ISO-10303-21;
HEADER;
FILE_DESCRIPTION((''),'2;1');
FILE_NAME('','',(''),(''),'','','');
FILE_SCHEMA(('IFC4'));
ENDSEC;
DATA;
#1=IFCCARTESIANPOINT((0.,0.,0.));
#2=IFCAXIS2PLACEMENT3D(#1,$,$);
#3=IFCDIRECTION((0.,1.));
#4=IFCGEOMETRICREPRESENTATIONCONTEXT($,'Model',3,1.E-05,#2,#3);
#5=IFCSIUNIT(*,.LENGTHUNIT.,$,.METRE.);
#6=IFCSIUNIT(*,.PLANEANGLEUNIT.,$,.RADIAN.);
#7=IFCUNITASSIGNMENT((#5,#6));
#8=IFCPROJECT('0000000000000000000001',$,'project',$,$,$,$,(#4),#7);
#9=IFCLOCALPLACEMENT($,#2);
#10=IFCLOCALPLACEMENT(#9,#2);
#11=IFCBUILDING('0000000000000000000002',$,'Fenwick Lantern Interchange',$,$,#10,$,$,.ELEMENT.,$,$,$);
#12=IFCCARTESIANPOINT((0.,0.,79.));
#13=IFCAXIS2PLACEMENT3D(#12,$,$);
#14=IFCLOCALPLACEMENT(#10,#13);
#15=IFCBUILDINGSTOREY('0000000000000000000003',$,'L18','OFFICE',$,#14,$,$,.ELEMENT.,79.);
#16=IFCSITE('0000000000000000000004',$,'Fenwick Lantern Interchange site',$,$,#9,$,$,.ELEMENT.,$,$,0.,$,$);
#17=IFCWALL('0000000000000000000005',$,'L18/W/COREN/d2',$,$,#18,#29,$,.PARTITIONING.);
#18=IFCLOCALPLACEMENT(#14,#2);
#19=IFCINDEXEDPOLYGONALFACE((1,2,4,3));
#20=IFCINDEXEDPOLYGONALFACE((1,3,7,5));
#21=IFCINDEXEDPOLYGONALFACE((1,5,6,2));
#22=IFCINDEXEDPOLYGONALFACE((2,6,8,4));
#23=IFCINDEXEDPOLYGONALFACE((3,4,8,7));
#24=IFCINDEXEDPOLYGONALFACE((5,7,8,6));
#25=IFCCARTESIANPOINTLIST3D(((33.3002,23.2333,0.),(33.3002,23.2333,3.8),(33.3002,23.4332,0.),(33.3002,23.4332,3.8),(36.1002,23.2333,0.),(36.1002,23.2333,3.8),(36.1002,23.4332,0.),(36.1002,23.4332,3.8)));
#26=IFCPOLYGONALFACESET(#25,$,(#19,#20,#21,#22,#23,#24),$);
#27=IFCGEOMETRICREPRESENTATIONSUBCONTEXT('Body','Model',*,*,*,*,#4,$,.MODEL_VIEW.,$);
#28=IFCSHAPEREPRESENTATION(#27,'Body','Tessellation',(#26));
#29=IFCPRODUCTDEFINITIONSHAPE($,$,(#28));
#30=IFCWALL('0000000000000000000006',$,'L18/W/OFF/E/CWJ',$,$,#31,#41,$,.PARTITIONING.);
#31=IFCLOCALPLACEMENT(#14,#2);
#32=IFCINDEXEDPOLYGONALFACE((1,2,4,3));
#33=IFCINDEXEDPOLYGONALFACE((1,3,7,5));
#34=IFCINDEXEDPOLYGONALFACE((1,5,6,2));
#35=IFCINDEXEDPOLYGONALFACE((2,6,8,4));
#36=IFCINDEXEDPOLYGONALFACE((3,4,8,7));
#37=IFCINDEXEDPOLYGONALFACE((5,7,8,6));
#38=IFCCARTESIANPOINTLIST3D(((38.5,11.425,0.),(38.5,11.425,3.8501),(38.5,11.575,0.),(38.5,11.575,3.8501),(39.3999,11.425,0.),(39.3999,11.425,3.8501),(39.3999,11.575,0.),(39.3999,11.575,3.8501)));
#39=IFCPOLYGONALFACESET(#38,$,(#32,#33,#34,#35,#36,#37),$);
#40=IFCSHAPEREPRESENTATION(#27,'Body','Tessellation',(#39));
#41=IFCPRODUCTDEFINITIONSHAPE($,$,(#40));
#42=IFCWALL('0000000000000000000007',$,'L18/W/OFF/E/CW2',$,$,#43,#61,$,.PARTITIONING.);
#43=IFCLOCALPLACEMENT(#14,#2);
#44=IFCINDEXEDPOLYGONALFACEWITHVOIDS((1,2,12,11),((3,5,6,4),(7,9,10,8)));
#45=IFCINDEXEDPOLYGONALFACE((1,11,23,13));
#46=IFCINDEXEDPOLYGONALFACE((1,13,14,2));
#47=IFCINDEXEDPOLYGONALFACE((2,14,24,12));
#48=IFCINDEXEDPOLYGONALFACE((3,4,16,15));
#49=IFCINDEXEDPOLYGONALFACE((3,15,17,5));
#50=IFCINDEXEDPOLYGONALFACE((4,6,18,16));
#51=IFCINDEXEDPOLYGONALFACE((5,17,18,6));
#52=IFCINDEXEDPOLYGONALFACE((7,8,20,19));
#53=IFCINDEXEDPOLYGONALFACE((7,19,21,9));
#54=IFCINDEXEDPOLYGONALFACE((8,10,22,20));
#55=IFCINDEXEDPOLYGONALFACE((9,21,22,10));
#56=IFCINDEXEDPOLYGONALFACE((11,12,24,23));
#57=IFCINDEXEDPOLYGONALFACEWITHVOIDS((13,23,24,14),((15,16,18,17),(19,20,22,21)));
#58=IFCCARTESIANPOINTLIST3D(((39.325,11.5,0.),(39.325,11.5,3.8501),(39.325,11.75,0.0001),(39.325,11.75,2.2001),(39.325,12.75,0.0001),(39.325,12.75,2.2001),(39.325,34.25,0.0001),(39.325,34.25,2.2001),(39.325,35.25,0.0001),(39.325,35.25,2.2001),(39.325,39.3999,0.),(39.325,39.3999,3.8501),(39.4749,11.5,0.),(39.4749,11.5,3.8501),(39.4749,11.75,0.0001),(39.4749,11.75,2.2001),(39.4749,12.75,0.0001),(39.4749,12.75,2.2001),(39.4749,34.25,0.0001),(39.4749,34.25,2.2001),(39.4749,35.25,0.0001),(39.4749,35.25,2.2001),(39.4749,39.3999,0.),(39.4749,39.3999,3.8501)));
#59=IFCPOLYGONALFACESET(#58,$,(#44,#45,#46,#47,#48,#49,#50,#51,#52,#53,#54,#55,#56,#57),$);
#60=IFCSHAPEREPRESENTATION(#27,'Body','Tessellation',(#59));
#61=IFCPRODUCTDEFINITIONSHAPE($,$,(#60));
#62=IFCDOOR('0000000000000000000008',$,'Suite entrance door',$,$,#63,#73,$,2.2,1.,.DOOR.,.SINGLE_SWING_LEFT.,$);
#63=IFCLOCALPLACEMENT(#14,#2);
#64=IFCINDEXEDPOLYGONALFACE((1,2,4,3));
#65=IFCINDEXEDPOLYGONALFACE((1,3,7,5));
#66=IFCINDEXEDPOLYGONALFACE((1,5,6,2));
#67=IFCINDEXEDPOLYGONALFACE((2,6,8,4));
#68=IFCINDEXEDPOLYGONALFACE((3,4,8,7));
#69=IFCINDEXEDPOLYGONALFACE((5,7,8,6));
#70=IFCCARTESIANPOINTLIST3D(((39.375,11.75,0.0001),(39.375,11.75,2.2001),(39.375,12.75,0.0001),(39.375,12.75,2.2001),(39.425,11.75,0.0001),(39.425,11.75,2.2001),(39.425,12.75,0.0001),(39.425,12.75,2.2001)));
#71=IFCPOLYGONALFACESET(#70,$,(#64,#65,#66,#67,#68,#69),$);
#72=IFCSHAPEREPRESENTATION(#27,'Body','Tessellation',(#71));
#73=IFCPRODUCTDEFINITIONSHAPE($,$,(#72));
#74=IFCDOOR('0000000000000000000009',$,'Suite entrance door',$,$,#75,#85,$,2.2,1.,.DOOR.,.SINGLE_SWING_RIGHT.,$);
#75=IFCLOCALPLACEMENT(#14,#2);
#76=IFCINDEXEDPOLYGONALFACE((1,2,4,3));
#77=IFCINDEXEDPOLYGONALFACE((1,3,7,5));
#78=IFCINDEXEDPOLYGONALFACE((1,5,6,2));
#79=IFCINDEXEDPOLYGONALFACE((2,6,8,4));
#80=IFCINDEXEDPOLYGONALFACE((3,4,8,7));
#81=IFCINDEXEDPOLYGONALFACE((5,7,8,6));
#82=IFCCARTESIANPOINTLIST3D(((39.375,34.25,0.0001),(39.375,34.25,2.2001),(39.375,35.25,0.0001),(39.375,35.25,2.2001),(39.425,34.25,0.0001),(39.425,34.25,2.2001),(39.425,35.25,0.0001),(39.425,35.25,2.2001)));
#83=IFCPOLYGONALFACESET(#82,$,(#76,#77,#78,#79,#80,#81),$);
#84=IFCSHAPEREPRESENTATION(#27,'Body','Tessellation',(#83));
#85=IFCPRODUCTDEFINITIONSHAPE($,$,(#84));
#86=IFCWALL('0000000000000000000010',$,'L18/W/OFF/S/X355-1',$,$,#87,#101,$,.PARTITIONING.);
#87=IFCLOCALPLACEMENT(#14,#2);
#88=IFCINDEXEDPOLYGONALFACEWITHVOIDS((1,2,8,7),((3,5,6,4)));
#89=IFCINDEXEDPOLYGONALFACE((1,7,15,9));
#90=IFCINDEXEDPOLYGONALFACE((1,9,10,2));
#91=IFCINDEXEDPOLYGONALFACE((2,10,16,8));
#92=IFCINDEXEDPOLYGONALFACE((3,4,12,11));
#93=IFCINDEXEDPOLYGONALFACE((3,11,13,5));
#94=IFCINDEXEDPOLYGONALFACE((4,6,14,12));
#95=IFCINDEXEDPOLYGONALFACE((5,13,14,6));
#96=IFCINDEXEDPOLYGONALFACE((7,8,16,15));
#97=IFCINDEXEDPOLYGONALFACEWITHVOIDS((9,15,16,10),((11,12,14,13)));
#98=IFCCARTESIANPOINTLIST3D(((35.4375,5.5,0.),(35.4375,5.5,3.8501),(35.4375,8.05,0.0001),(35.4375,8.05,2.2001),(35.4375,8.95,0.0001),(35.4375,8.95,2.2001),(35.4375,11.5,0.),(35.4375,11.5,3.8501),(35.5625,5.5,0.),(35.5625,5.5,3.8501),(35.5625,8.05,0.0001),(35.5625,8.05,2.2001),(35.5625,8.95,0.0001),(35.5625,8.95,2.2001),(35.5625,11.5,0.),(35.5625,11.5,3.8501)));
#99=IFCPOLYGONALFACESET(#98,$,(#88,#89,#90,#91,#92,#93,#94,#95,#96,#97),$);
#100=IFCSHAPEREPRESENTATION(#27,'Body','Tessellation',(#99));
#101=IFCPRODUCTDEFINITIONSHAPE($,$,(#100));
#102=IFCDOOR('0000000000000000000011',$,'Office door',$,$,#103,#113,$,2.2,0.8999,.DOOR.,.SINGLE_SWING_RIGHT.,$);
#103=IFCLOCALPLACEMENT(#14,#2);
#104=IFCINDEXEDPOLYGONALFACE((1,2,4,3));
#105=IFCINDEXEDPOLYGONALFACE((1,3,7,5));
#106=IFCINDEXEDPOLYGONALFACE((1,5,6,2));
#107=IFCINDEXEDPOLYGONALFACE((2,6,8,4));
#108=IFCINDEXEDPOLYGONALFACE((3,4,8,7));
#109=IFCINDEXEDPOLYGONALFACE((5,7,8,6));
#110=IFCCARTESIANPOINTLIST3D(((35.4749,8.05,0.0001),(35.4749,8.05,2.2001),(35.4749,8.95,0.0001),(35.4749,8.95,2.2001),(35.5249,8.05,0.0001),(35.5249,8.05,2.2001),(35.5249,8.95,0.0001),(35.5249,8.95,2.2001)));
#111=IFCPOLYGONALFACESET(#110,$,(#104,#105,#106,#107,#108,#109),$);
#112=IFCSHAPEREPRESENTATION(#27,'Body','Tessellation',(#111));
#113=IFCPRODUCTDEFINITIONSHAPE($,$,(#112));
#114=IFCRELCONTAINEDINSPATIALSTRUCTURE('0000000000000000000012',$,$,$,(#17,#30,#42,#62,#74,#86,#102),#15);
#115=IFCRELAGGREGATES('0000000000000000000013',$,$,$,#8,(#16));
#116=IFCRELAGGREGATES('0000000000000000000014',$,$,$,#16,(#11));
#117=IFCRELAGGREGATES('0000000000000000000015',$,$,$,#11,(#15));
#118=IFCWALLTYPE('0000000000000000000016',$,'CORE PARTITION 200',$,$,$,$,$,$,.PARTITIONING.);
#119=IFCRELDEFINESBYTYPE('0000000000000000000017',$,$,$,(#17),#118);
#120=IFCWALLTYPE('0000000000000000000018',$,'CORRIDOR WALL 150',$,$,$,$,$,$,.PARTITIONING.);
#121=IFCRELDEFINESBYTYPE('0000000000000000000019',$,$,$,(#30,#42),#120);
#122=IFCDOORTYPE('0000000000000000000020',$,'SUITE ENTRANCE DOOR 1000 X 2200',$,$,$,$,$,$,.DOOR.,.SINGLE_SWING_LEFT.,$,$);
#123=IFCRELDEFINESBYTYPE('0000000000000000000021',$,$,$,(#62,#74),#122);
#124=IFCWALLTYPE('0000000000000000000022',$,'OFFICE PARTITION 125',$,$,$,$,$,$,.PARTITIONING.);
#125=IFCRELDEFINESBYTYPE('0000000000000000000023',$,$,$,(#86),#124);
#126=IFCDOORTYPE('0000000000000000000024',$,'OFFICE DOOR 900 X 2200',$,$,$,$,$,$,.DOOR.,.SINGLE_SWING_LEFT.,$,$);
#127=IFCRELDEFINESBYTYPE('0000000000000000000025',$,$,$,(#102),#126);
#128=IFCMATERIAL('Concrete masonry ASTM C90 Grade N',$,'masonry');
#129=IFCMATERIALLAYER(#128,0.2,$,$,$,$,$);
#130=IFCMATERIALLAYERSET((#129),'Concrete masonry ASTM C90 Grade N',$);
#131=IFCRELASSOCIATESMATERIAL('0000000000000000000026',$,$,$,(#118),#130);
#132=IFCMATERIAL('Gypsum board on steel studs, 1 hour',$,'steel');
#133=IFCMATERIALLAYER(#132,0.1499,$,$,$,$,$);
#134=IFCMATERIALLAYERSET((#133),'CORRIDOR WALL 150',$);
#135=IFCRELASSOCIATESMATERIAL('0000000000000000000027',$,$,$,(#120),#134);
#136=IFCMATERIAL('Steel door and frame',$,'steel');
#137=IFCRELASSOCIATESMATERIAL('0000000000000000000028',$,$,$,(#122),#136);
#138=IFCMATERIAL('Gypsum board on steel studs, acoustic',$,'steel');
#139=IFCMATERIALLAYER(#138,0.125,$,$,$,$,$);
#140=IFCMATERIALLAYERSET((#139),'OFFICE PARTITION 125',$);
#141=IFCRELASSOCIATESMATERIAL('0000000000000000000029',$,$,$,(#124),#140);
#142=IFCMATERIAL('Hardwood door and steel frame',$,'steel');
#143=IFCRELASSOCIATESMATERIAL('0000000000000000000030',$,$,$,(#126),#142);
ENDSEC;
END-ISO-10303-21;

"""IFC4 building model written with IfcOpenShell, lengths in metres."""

from ifc_helpers import new_model, si_unit, direction, frame, frame_2d, origin, place, context, subcontext, project, spatial, rectangle, extrude, material, layer, layer_set, type_object, element, fill, save


model = new_model("IFC4")

# Units and contexts
model_context = context("Model", 3, precision=1e-05, world=origin(), true_north=direction((0.0, 1.0)))
body_context = subcontext(model_context, "Body", "Model", "MODEL_VIEW")
ifc_project = project(units=[si_unit("LENGTHUNIT", "METRE"), si_unit("PLANEANGLEUNIT", "RADIAN")], contexts=[model_context])

# Site, building, storey
site_placement = place(None, origin())
site = spatial("IfcSite", under=ifc_project, at=site_placement, Name="Fenwick Lantern Interchange site", CompositionType="ELEMENT", RefElevation=0.0)
building_placement = place(site_placement, origin())
building = spatial("IfcBuilding", under=site, at=building_placement, Name="Fenwick Lantern Interchange", CompositionType="ELEMENT")
storey_placement = place(building_placement, frame((0.0, 0.0, 79.0)))
storey = spatial("IfcBuildingStorey", under=building, at=storey_placement, Name="L18", Description="OFFICE", CompositionType="ELEMENT", Elevation=79.0)

# Wall
ifc_material_1 = material(Name="Concrete masonry ASTM C90 Grade N", Category="masonry")
ifc_layer_1 = layer(ifc_material_1, 0.2)
ifc_layer_set_1 = layer_set([ifc_layer_1], Name="Concrete masonry ASTM C90 Grade N")
wall_type_1 = type_object("IfcWallType", Name="CORE PARTITION 200", PredefinedType="PARTITIONING", material=ifc_layer_set_1)
wall_1_placement = place(storey_placement, frame((36.1001, 23.3333, 0.0), z_axis=(0.0, 0.0, 1.0), x_axis=(-1.0, 0.0, 0.0)))
element("IfcWall", 1, at=wall_1_placement, inside=storey, type_object=wall_type_1, Name="L18/W/COREN/d2", PredefinedType="PARTITIONING", context=body_context, shape_type="SweptSolid", body=[
    extrude(rectangle(XDim=2.8, YDim=0.2, at=frame_2d((1.3999, 0.0))), origin(), (0.0, 0.0, 1.0), 3.8),
])

# Shared definitions
ifc_material_2 = material(Name="Steel door and frame", Category="steel")

# Wall
ifc_material_3 = material(Name="Gypsum board on steel studs, 1 hour", Category="steel")
ifc_layer_2 = layer(ifc_material_3, 0.1499)
ifc_layer_set_2 = layer_set([ifc_layer_2], Name="CORRIDOR WALL 150")
wall_type_2 = type_object("IfcWallType", Name="CORRIDOR WALL 150", PredefinedType="PARTITIONING", material=ifc_layer_set_2)
wall_2_placement = place(storey_placement, frame((38.5, 11.5, 0.0), z_axis=(0.0, 0.0, 1.0), x_axis=(1.0, 0.0, 0.0)))
element("IfcWall", 2, at=wall_2_placement, inside=storey, type_object=wall_type_2, Name="L18/W/OFF/E/CWJ", PredefinedType="PARTITIONING", context=body_context, shape_type="SweptSolid", body=[
    extrude(rectangle(XDim=0.8999, YDim=0.1499, at=frame_2d((0.45, 0.0))), origin(), (0.0, 0.0, 1.0), 3.8501),
])

# Wall, openings, doors
wall_3_placement = place(storey_placement, frame((39.3999, 11.5, 0.0), z_axis=(0.0, 0.0, 1.0), x_axis=(0.0, 1.0, 0.0)))
wall_3 = element("IfcWall", 3, at=wall_3_placement, inside=storey, type_object=wall_type_2, Name="L18/W/OFF/E/CW2", PredefinedType="PARTITIONING", context=body_context, shape_type="SweptSolid", body=[
    extrude(rectangle(XDim=27.8999, YDim=0.1499, at=frame_2d((13.95, 0.0))), origin(), (0.0, 0.0, 1.0), 3.8501),
])
opening_1_placement = place(wall_3_placement, frame((0.25, 0.0, 0.0)))
opening_1 = element("IfcOpeningElement", 4, at=opening_1_placement, cuts=wall_3, PredefinedType="OPENING", context=body_context, shape_type="SweptSolid", body=[
    extrude(rectangle(XDim=1.0, YDim=2.2, at=frame_2d((0.5, 1.1001))), frame((0.0, 0.085, 0.0), z_axis=(0.0, -1.0, 0.0), x_axis=(1.0, 0.0, 0.0)), (0.0, 0.0, 1.0), 0.1699),
])
opening_2_placement = place(wall_3_placement, frame((22.75, 0.0, 0.0)))
opening_2 = element("IfcOpeningElement", 5, at=opening_2_placement, cuts=wall_3, PredefinedType="OPENING", context=body_context, shape_type="SweptSolid", body=[
    extrude(rectangle(XDim=1.0, YDim=2.2, at=frame_2d((0.5, 1.1001))), frame((0.0, 0.085, 0.0), z_axis=(0.0, -1.0, 0.0), x_axis=(1.0, 0.0, 0.0)), (0.0, 0.0, 1.0), 0.1699),
])
door_type_1 = type_object("IfcDoorType", Name="SUITE ENTRANCE DOOR 1000 X 2200", OperationType="SINGLE_SWING_LEFT", PredefinedType="DOOR", material=ifc_material_2)
door_1_placement = place(opening_1_placement, origin())
door_1 = element("IfcDoor", 6, at=door_1_placement, inside=storey, type_object=door_type_1, Name="Suite entrance door", OperationType="SINGLE_SWING_LEFT", OverallHeight=2.2, OverallWidth=1.0, PredefinedType="DOOR", context=body_context, shape_type="SweptSolid", body=[
    extrude(rectangle(XDim=1.0, YDim=2.2, at=frame_2d((0.5, 1.1001))), frame((0.0, 0.0249, 0.0), z_axis=(0.0, -1.0, 0.0), x_axis=(1.0, 0.0, 0.0)), (0.0, 0.0, 1.0), 0.05),
])
fill(opening_1, door_1)
door_2_placement = place(opening_2_placement, origin())
door_2 = element("IfcDoor", 7, at=door_2_placement, inside=storey, type_object=door_type_1, Name="Suite entrance door", OperationType="SINGLE_SWING_RIGHT", OverallHeight=2.2, OverallWidth=1.0, PredefinedType="DOOR", context=body_context, shape_type="SweptSolid", body=[
    extrude(rectangle(XDim=1.0, YDim=2.2, at=frame_2d((0.5, 1.1001))), frame((0.0, 0.0249, 0.0), z_axis=(0.0, -1.0, 0.0), x_axis=(1.0, 0.0, 0.0)), (0.0, 0.0, 1.0), 0.05),
])
fill(opening_2, door_2)

# Wall, opening, door
ifc_material_4 = material(Name="Gypsum board on steel studs, acoustic", Category="steel")
ifc_layer_3 = layer(ifc_material_4, 0.125)
ifc_layer_set_3 = layer_set([ifc_layer_3], Name="OFFICE PARTITION 125")
wall_type_3 = type_object("IfcWallType", Name="OFFICE PARTITION 125", PredefinedType="PARTITIONING", material=ifc_layer_set_3)
wall_4_placement = place(storey_placement, frame((35.5, 5.5, 0.0), z_axis=(0.0, 0.0, 1.0), x_axis=(0.0, 1.0, 0.0)))
wall_4 = element("IfcWall", 8, at=wall_4_placement, inside=storey, type_object=wall_type_3, Name="L18/W/OFF/S/X355-1", PredefinedType="PARTITIONING", context=body_context, shape_type="SweptSolid", body=[
    extrude(rectangle(XDim=6.0, YDim=0.125, at=frame_2d((3.0, 0.0))), origin(), (0.0, 0.0, 1.0), 3.8501),
])
opening_3_placement = place(wall_4_placement, frame((2.55, 0.0, 0.0)))
opening_3 = element("IfcOpeningElement", 9, at=opening_3_placement, cuts=wall_4, PredefinedType="OPENING", context=body_context, shape_type="SweptSolid", body=[
    extrude(rectangle(XDim=0.8999, YDim=2.2, at=frame_2d((0.45, 1.1001))), frame((0.0, 0.0725, 0.0), z_axis=(0.0, -1.0, 0.0), x_axis=(1.0, 0.0, 0.0)), (0.0, 0.0, 1.0), 0.145),
])
ifc_material_5 = material(Name="Hardwood door and steel frame", Category="steel")
door_type_2 = type_object("IfcDoorType", Name="OFFICE DOOR 900 X 2200", OperationType="SINGLE_SWING_LEFT", PredefinedType="DOOR", material=ifc_material_5)
door_3_placement = place(opening_3_placement, frame((0.8999, 0.0, 0.0), z_axis=(0.0, 0.0, 1.0), x_axis=(-1.0, 0.0, 0.0)))
door_3 = element("IfcDoor", 10, at=door_3_placement, inside=storey, type_object=door_type_2, Name="Office door", OperationType="SINGLE_SWING_RIGHT", OverallHeight=2.2, OverallWidth=0.8999, PredefinedType="DOOR", context=body_context, shape_type="SweptSolid", body=[
    extrude(rectangle(XDim=0.8999, YDim=2.2, at=frame_2d((0.45, 1.1001))), frame((0.0, 0.0249, 0.0), z_axis=(0.0, -1.0, 0.0), x_axis=(1.0, 0.0, 0.0)), (0.0, 0.0, 1.0), 0.05),
])
fill(opening_3, door_3)

save(model, "model.ifc")
